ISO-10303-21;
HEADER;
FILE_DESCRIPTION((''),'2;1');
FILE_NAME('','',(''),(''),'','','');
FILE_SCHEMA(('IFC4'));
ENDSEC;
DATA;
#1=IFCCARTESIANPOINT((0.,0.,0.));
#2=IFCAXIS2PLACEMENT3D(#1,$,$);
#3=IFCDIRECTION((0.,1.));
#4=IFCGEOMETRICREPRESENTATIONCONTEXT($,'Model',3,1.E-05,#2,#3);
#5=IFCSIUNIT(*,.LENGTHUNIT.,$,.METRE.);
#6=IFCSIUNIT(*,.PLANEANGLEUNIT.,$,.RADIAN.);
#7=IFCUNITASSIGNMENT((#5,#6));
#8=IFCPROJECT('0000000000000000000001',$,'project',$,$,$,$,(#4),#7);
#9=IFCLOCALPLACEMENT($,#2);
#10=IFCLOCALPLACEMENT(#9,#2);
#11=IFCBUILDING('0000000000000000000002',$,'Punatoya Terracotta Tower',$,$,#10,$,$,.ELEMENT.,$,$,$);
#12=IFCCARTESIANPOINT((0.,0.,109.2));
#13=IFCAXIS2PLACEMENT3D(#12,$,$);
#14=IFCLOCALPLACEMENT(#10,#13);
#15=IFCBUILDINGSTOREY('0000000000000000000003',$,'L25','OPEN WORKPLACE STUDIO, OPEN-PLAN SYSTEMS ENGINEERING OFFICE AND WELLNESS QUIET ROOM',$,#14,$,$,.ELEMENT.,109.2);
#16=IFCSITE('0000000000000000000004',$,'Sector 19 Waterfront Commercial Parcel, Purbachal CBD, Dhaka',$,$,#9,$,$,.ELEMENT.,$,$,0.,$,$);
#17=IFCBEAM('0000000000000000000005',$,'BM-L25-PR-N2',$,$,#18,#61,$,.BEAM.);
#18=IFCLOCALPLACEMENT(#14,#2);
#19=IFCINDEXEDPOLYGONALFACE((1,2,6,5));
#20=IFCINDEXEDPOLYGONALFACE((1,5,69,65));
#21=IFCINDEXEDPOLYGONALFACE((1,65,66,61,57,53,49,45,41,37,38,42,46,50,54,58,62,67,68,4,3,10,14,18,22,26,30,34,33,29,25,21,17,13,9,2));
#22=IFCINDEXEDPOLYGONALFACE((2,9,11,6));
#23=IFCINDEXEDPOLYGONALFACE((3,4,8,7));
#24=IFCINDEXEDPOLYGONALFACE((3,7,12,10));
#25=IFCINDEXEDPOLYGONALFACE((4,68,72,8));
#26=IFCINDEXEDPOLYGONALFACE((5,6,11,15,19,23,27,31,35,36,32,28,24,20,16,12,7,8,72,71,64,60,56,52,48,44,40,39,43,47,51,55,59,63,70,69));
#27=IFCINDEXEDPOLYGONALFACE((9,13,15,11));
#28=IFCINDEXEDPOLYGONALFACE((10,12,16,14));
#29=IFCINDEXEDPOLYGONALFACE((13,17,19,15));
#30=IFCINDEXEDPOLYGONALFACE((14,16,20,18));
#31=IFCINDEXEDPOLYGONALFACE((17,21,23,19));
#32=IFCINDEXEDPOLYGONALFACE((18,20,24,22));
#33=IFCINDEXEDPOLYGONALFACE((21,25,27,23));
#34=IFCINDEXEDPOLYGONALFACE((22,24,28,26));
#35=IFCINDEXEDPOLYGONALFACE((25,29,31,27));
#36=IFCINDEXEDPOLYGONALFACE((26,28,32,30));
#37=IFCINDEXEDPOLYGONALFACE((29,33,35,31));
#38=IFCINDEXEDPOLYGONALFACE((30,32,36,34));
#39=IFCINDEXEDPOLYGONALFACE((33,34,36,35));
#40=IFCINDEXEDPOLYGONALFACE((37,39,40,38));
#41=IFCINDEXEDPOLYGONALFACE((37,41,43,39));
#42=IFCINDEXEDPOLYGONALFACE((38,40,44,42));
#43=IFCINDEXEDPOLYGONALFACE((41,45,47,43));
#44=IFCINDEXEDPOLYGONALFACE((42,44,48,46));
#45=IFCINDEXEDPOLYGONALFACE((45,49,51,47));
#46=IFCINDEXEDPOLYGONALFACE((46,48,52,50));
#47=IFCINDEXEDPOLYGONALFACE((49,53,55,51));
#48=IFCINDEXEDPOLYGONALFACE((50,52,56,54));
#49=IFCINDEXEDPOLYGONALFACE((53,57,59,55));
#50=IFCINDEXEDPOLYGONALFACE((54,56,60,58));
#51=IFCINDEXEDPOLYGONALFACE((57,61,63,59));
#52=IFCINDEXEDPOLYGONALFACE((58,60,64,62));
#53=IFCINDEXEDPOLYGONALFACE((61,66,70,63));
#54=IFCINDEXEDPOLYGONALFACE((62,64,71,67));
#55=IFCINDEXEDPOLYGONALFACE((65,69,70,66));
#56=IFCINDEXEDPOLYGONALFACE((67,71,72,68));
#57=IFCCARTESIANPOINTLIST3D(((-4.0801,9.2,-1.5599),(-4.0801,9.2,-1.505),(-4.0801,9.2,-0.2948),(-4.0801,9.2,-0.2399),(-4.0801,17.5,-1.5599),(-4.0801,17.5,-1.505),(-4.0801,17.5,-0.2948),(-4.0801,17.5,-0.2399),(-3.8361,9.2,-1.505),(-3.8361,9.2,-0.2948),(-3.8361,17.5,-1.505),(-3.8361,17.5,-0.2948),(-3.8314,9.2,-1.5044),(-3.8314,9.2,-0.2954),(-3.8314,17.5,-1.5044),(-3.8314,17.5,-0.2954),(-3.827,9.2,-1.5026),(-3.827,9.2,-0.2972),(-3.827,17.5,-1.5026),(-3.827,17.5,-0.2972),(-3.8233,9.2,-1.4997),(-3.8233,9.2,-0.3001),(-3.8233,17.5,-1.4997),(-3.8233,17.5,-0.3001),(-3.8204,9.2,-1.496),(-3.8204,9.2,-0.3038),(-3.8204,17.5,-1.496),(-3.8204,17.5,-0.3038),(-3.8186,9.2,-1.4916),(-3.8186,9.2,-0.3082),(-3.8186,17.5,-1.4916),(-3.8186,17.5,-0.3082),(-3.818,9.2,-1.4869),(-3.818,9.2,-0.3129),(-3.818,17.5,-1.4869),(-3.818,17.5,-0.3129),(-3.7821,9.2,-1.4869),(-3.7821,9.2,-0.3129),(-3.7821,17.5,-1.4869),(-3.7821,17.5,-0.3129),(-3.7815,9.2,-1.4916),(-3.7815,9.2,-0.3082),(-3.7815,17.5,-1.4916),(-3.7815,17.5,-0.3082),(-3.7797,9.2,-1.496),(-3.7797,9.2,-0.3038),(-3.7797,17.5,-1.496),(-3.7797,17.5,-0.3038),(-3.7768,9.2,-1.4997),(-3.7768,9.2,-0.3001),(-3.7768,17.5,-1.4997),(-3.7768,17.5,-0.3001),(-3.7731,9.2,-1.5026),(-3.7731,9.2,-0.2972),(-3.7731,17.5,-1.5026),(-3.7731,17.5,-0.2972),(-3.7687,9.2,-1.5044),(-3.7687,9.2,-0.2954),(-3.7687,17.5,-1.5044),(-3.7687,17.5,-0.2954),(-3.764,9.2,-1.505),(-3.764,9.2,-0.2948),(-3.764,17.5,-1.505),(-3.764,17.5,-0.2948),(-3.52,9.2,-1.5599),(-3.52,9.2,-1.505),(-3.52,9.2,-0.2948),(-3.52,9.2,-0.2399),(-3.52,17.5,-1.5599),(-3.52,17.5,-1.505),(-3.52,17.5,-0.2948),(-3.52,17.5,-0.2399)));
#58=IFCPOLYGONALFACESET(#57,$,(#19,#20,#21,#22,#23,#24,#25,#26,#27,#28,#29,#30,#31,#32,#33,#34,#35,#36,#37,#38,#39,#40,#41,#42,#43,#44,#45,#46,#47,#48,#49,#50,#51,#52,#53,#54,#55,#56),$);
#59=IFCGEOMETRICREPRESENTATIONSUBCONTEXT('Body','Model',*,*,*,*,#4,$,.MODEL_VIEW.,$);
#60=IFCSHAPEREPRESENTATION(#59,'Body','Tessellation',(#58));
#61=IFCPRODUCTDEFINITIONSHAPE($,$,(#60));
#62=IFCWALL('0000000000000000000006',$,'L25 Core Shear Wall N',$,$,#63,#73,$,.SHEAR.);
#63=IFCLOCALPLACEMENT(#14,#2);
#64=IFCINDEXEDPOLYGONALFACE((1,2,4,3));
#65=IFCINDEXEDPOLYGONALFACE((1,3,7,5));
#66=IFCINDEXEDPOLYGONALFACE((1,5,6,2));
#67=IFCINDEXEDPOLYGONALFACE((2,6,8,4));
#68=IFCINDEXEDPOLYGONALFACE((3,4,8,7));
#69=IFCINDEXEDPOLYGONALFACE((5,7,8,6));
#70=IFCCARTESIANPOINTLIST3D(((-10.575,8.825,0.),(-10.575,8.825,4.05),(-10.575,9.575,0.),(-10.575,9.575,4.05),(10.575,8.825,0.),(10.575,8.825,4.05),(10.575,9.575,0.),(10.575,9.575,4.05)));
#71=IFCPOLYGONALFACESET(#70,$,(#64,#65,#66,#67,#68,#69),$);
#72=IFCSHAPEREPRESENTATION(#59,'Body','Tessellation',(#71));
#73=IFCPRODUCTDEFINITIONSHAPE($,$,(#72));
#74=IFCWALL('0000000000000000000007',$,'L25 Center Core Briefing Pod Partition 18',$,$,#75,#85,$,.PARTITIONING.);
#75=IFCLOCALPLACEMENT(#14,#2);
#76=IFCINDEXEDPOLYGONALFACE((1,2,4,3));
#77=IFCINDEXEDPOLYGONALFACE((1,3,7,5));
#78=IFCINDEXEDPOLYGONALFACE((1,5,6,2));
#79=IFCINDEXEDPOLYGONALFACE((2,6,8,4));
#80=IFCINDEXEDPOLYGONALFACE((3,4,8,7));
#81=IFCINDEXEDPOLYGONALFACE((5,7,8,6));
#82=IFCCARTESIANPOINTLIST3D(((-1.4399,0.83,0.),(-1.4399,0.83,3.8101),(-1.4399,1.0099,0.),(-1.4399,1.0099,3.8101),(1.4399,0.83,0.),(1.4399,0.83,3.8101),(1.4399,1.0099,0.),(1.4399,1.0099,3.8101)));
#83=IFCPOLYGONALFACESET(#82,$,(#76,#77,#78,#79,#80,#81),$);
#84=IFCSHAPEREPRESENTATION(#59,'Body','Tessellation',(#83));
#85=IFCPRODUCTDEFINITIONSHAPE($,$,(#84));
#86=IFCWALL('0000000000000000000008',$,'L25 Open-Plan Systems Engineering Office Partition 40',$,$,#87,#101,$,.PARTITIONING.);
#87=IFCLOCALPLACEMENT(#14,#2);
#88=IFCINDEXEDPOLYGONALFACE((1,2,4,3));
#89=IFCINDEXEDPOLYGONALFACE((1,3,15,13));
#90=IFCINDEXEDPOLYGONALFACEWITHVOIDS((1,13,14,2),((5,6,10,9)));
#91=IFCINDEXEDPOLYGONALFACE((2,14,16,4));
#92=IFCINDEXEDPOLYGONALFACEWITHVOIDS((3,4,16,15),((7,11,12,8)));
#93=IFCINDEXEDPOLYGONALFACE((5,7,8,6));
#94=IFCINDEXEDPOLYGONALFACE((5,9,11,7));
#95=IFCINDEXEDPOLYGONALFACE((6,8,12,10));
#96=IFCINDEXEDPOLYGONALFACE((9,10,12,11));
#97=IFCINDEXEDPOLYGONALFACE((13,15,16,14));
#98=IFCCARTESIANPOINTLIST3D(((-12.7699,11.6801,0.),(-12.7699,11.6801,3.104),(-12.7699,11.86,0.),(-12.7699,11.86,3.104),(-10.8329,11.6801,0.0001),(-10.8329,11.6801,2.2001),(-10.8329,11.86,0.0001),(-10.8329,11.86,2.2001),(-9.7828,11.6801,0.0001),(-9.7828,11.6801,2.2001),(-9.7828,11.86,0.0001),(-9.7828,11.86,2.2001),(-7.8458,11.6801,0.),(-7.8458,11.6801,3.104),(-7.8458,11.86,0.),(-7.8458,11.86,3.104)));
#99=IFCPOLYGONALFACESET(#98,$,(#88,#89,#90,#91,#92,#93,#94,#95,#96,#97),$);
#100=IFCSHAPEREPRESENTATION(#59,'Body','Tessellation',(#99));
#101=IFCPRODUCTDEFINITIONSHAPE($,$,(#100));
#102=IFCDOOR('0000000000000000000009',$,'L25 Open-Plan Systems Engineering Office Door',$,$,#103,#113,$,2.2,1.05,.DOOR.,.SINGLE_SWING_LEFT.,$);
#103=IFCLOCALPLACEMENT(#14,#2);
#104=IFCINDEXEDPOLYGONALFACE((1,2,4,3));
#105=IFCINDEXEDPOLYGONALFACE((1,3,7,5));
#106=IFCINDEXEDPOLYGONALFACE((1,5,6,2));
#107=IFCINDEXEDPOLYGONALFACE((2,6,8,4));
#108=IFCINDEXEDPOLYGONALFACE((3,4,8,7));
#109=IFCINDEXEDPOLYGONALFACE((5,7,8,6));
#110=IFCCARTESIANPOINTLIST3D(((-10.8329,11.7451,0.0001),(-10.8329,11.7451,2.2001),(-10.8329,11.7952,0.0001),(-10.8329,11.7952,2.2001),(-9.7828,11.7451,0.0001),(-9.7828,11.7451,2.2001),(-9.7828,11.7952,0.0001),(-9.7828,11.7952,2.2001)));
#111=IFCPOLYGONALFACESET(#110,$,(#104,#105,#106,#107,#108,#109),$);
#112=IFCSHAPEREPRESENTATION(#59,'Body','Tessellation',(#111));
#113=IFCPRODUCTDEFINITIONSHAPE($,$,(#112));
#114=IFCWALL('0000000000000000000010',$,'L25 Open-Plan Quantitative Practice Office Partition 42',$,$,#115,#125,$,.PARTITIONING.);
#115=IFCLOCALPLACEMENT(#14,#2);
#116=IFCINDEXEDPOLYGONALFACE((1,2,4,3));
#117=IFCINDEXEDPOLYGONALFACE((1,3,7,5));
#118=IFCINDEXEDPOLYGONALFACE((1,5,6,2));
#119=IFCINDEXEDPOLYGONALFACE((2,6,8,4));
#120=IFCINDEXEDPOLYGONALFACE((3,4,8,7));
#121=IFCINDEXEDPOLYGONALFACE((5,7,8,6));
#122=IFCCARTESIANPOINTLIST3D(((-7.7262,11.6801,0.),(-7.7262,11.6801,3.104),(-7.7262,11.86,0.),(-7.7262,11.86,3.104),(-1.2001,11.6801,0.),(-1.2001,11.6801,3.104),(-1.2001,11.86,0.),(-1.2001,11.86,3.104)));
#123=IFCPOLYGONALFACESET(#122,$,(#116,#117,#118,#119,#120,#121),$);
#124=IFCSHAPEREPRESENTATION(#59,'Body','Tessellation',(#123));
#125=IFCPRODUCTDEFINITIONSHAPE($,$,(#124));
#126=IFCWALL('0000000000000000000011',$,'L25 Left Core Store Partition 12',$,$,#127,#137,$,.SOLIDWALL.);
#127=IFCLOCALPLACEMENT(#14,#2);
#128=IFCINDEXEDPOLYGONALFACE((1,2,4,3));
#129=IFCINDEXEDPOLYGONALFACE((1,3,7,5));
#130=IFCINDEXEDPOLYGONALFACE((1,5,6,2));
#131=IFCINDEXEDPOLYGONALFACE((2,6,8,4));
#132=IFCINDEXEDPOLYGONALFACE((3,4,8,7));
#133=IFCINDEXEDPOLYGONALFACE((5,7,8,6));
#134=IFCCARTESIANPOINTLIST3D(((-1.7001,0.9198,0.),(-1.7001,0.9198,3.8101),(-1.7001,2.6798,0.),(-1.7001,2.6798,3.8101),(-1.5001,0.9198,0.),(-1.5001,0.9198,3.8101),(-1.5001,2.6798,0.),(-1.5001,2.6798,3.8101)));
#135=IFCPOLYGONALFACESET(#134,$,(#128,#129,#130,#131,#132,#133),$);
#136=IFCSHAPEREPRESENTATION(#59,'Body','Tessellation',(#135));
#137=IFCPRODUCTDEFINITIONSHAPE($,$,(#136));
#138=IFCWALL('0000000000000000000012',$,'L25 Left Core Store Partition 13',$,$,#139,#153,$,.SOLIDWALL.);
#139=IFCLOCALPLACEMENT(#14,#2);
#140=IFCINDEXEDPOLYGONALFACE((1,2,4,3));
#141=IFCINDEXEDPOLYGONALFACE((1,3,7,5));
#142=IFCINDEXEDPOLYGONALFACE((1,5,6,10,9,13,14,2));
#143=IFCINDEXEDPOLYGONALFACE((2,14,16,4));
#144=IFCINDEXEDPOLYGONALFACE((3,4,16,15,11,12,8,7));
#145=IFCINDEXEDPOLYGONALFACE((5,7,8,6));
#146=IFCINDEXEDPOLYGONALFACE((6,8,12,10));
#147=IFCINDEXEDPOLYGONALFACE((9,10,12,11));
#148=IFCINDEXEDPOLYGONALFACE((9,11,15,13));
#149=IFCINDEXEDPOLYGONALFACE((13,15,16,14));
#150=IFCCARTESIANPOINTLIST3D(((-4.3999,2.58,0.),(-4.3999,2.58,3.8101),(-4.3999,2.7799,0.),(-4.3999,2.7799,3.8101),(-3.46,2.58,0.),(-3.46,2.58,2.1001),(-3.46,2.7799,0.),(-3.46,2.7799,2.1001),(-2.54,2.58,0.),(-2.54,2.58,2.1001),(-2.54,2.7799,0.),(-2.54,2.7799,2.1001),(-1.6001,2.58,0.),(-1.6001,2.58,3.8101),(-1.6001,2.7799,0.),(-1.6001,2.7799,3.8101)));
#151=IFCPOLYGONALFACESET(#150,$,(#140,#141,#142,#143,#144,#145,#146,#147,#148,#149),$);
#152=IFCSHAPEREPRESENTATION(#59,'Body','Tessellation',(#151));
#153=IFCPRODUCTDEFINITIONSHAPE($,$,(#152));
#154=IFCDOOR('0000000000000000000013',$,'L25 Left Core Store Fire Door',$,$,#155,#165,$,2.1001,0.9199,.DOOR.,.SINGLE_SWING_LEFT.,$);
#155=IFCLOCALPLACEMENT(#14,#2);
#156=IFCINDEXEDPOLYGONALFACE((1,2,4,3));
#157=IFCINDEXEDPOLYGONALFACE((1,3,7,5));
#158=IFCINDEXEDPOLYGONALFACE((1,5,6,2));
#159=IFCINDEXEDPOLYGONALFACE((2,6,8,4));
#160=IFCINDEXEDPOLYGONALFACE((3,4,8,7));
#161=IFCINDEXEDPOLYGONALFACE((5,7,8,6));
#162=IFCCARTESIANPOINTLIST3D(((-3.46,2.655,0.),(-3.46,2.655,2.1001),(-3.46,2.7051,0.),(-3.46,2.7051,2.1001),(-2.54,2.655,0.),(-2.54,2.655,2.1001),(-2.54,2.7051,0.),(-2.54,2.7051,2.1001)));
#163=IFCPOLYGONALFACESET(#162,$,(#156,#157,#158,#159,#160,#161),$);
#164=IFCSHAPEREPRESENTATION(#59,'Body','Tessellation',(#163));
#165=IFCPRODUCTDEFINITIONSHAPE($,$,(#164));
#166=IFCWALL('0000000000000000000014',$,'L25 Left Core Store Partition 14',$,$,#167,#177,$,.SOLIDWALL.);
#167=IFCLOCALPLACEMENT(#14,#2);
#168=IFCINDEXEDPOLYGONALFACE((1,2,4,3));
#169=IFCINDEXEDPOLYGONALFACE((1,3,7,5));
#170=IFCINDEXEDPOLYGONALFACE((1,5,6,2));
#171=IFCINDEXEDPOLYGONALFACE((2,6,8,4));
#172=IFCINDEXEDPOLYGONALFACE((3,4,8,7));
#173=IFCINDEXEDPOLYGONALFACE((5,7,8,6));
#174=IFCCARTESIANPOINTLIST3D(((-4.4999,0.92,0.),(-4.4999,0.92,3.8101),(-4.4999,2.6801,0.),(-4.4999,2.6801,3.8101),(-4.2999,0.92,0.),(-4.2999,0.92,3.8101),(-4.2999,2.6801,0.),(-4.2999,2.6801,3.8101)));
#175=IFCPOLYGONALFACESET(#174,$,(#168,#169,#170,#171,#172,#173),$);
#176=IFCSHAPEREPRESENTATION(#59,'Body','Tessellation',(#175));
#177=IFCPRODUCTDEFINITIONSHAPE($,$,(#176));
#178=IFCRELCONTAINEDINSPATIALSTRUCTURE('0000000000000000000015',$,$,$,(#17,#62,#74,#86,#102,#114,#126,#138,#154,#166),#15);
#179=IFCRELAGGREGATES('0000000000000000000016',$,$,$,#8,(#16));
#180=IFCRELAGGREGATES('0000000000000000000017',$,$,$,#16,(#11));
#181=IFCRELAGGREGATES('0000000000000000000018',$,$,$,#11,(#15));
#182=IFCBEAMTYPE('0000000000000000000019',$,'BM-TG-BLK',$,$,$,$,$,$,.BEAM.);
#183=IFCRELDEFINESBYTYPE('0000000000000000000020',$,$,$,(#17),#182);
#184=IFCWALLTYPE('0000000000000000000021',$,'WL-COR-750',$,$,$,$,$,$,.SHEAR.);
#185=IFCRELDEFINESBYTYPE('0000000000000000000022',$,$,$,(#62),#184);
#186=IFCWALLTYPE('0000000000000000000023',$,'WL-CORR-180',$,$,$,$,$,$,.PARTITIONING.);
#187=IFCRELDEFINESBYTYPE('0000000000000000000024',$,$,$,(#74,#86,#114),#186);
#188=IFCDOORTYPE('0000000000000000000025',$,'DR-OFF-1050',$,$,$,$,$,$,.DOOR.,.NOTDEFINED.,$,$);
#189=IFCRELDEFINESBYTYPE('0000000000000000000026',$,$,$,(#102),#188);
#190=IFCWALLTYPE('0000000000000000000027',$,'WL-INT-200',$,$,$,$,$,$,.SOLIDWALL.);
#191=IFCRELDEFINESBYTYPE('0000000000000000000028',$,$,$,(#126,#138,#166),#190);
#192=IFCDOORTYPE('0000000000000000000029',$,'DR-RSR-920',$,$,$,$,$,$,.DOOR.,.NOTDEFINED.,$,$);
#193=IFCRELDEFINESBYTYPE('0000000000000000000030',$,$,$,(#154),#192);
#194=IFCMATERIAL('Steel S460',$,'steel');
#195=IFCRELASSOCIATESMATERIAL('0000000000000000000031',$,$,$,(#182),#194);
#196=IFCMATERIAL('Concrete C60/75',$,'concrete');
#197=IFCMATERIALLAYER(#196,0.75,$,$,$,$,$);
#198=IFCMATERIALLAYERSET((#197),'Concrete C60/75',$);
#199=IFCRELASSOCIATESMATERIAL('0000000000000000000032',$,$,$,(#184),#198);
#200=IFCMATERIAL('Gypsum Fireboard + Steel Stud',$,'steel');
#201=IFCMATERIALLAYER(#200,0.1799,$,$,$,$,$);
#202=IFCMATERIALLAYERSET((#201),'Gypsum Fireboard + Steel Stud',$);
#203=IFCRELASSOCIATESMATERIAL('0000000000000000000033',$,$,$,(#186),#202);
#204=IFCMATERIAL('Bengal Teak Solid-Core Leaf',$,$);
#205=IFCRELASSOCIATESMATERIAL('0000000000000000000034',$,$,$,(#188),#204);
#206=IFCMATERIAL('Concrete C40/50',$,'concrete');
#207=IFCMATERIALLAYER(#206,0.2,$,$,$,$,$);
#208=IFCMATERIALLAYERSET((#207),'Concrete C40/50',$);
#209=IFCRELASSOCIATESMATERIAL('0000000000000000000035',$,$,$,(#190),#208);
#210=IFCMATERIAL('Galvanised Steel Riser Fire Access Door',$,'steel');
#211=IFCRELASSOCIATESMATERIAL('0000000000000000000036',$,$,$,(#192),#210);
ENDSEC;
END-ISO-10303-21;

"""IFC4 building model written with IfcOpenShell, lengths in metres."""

from ifc_helpers import new_model, si_unit, direction, frame, frame_2d, origin, origin_2d, place, context, subcontext, project, spatial, rectangle, i_section, extrude, material, layer, layer_set, material_profile, profile_set, type_object, element, fill, save


model = new_model("IFC4")

# Units and contexts
model_context = context("Model", 3, precision=1e-05, world=origin(), true_north=direction((0.0, 1.0)))
body_context = subcontext(model_context, "Body", "Model", "MODEL_VIEW")
ifc_project = project(units=[si_unit("LENGTHUNIT", "METRE"), si_unit("PLANEANGLEUNIT", "RADIAN")], contexts=[model_context])

# Site, building, storey
site_placement = place(None, origin())
site = spatial("IfcSite", under=ifc_project, at=site_placement, Name="Sector 19 Waterfront Commercial Parcel, Purbachal CBD, Dhaka", CompositionType="ELEMENT", RefElevation=0.0)
building_placement = place(site_placement, origin())
building = spatial("IfcBuilding", under=site, at=building_placement, Name="Punatoya Terracotta Tower", CompositionType="ELEMENT")
storey_placement = place(building_placement, frame((0.0, 0.0, 109.2)))
storey = spatial("IfcBuildingStorey", under=building, at=storey_placement, Name="L25", Description="OPEN WORKPLACE STUDIO, OPEN-PLAN SYSTEMS ENGINEERING OFFICE AND WELLNESS QUIET ROOM", CompositionType="ELEMENT", Elevation=109.2)

# Beam
ifc_material_1 = material(Name="Concrete C60/75", Category="concrete")
ifc_material_2 = material(Name="Steel S460", Category="steel")
ifc_material_profile_1 = material_profile(ifc_material_2, i_section(OverallWidth=0.5601, OverallDepth=1.3201, WebThickness=0.0359, FlangeThickness=0.0549, FilletRadius=0.0181, at=origin_2d()))
ifc_profile_set_1 = profile_set([ifc_material_profile_1], Name="Steel S460")
beam_type_1 = type_object("IfcBeamType", Name="BM-TG-BLK", PredefinedType="BEAM", material=ifc_profile_set_1)
for number, where, z_axis, x_axis, name in (
    (1, (-3.8, 9.2, -0.8999), (0.0, 1.0, 0.0), (-1.0, 0.0, 0.0), "BM-L25-PR-N2"),
):
    element("IfcBeam", number, at=place(storey_placement, frame(where, z_axis=z_axis, x_axis=x_axis)), inside=storey, type_object=beam_type_1, Name=name, PredefinedType="BEAM", context=body_context, shape_type="SweptSolid", body=[
        extrude(i_section(OverallWidth=0.5601, OverallDepth=1.3201, WebThickness=0.0359, FlangeThickness=0.0549, FilletRadius=0.0181, at=origin_2d()), origin(), (0.0, 0.0, 1.0), 8.3),
    ])

# Walls
ifc_layer_1 = layer(ifc_material_1, 0.75)
ifc_layer_set_1 = layer_set([ifc_layer_1], Name="Concrete C60/75")
wall_type_1 = type_object("IfcWallType", Name="WL-COR-750", PredefinedType="SHEAR", material=ifc_layer_set_1)
wall_1_placement = place(storey_placement, frame((-10.575, 9.2, 0.0), z_axis=(0.0, 0.0, 1.0), x_axis=(1.0, 0.0, 0.0)))
element("IfcWall", 2, at=wall_1_placement, inside=storey, type_object=wall_type_1, Name="L25 Core Shear Wall N", PredefinedType="SHEAR", context=body_context, shape_type="SweptSolid", body=[
    extrude(rectangle(XDim=21.1499, YDim=0.75, at=frame_2d((10.575, 0.0))), origin(), (0.0, 0.0, 1.0), 4.05),
])
ifc_material_3 = material(Name="Gypsum Fireboard + Steel Stud", Category="steel")
ifc_layer_2 = layer(ifc_material_3, 0.1799)
ifc_layer_set_2 = layer_set([ifc_layer_2], Name="Gypsum Fireboard + Steel Stud")
wall_type_2 = type_object("IfcWallType", Name="WL-CORR-180", PredefinedType="PARTITIONING", material=ifc_layer_set_2)
wall_2_placement = place(storey_placement, frame((-1.4399, 0.9199, 0.0), z_axis=(0.0, 0.0, 1.0), x_axis=(1.0, 0.0, 0.0)))
element("IfcWall", 3, at=wall_2_placement, inside=storey, type_object=wall_type_2, Name="L25 Center Core Briefing Pod Partition 18", PredefinedType="PARTITIONING", context=body_context, shape_type="SweptSolid", body=[
    extrude(rectangle(XDim=2.8799, YDim=0.1799, at=frame_2d((1.4399, 0.0))), origin(), (0.0, 0.0, 1.0), 3.8101),
])

# Wall, opening, door
wall_3_placement = place(storey_placement, frame((-7.8459, 11.77, 0.0), z_axis=(0.0, 0.0, 1.0), x_axis=(-1.0, 0.0, 0.0)))
wall_3 = element("IfcWall", 4, at=wall_3_placement, inside=storey, type_object=wall_type_2, Name="L25 Open-Plan Systems Engineering Office Partition 40", PredefinedType="PARTITIONING", context=body_context, shape_type="SweptSolid", body=[
    extrude(rectangle(XDim=4.9241, YDim=0.1799, at=frame_2d((2.4619, 0.0))), origin(), (0.0, 0.0, 1.0), 3.104),
])
opening_1_placement = place(wall_3_placement, frame((1.937, 0.0, 0.0)))
opening_1 = element("IfcOpeningElement", 5, at=opening_1_placement, cuts=wall_3, PredefinedType="OPENING", context=body_context, shape_type="SweptSolid", body=[
    extrude(rectangle(XDim=1.05, YDim=2.2, at=frame_2d((0.5249, 1.1001))), frame((0.0, 0.0999, 0.0), z_axis=(0.0, -1.0, 0.0), x_axis=(1.0, 0.0, 0.0)), (0.0, 0.0, 1.0), 0.2),
])
ifc_material_4 = material(Name="Bengal Teak Solid-Core Leaf")
door_type_1 = type_object("IfcDoorType", Name="DR-OFF-1050", OperationType="NOTDEFINED", PredefinedType="DOOR", material=ifc_material_4)
door_1_placement = place(opening_1_placement, origin())
door_1 = element("IfcDoor", 6, at=door_1_placement, inside=storey, type_object=door_type_1, Name="L25 Open-Plan Systems Engineering Office Door", OperationType="SINGLE_SWING_LEFT", OverallHeight=2.2, OverallWidth=1.05, PredefinedType="DOOR", context=body_context, shape_type="SweptSolid", body=[
    extrude(rectangle(XDim=1.05, YDim=2.2, at=frame_2d((0.5249, 1.1001))), frame((0.0, 0.0249, 0.0), z_axis=(0.0, -1.0, 0.0), x_axis=(1.0, 0.0, 0.0)), (0.0, 0.0, 1.0), 0.05),
])
fill(opening_1, door_1)

# Walls
wall_4_placement = place(storey_placement, frame((-1.2, 11.77, 0.0), z_axis=(0.0, 0.0, 1.0), x_axis=(-1.0, 0.0, 0.0)))
element("IfcWall", 7, at=wall_4_placement, inside=storey, type_object=wall_type_2, Name="L25 Open-Plan Quantitative Practice Office Partition 42", PredefinedType="PARTITIONING", context=body_context, shape_type="SweptSolid", body=[
    extrude(rectangle(XDim=6.5261, YDim=0.1799, at=frame_2d((3.2632, 0.0))), origin(), (0.0, 0.0, 1.0), 3.104),
])
ifc_material_5 = material(Name="Concrete C40/50", Category="concrete")
ifc_layer_3 = layer(ifc_material_5, 0.2)
ifc_layer_set_3 = layer_set([ifc_layer_3], Name="Concrete C40/50")
wall_type_3 = type_object("IfcWallType", Name="WL-INT-200", PredefinedType="SOLIDWALL", material=ifc_layer_set_3)
wall_5_placement = place(storey_placement, frame((-1.6001, 0.9199, 0.0), z_axis=(0.0, 0.0, 1.0), x_axis=(0.0, 1.0, 0.0)))
element("IfcWall", 8, at=wall_5_placement, inside=storey, type_object=wall_type_3, Name="L25 Left Core Store Partition 12", PredefinedType="SOLIDWALL", context=body_context, shape_type="SweptSolid", body=[
    extrude(rectangle(XDim=1.76, YDim=0.2, at=frame_2d((0.8799, 0.0))), origin(), (0.0, 0.0, 1.0), 3.8101),
])

# Wall, opening, door
wall_6_placement = place(storey_placement, frame((-1.6001, 2.6799, 0.0), z_axis=(0.0, 0.0, 1.0), x_axis=(-1.0, 0.0, 0.0)))
wall_6 = element("IfcWall", 9, at=wall_6_placement, inside=storey, type_object=wall_type_3, Name="L25 Left Core Store Partition 13", PredefinedType="SOLIDWALL", context=body_context, shape_type="SweptSolid", body=[
    extrude(rectangle(XDim=2.7998, YDim=0.2, at=frame_2d((1.3999, 0.0))), origin(), (0.0, 0.0, 1.0), 3.8101),
])
opening_2_placement = place(wall_6_placement, frame((0.9399, 0.0, 0.0)))
opening_2 = element("IfcOpeningElement", 10, at=opening_2_placement, cuts=wall_6, PredefinedType="OPENING", context=body_context, shape_type="SweptSolid", body=[
    extrude(rectangle(XDim=0.9199, YDim=2.1001, at=frame_2d((0.46, 1.05))), frame((0.0, 0.1099, 0.0), z_axis=(0.0, -1.0, 0.0), x_axis=(1.0, 0.0, 0.0)), (0.0, 0.0, 1.0), 0.22),
])
ifc_material_6 = material(Name="Galvanised Steel Riser Fire Access Door", Category="steel")
door_type_2 = type_object("IfcDoorType", Name="DR-RSR-920", OperationType="NOTDEFINED", PredefinedType="DOOR", material=ifc_material_6)
door_2_placement = place(opening_2_placement, origin())
door_2 = element("IfcDoor", 11, at=door_2_placement, inside=storey, type_object=door_type_2, Name="L25 Left Core Store Fire Door", OperationType="SINGLE_SWING_LEFT", OverallHeight=2.1001, OverallWidth=0.9199, PredefinedType="DOOR", context=body_context, shape_type="SweptSolid", body=[
    extrude(rectangle(XDim=0.9199, YDim=2.1001, at=frame_2d((0.46, 1.05))), frame((0.0, 0.0249, 0.0), z_axis=(0.0, -1.0, 0.0), x_axis=(1.0, 0.0, 0.0)), (0.0, 0.0, 1.0), 0.05),
])
fill(opening_2, door_2)

# Wall
wall_7_placement = place(storey_placement, frame((-4.3999, 2.6799, 0.0), z_axis=(0.0, 0.0, 1.0), x_axis=(0.0, -1.0, 0.0)))
element("IfcWall", 12, at=wall_7_placement, inside=storey, type_object=wall_type_3, Name="L25 Left Core Store Partition 14", PredefinedType="SOLIDWALL", context=body_context, shape_type="SweptSolid", body=[
    extrude(rectangle(XDim=1.76, YDim=0.2, at=frame_2d((0.8799, 0.0))), origin(), (0.0, 0.0, 1.0), 3.8101),
])

save(model, "model.ifc")
